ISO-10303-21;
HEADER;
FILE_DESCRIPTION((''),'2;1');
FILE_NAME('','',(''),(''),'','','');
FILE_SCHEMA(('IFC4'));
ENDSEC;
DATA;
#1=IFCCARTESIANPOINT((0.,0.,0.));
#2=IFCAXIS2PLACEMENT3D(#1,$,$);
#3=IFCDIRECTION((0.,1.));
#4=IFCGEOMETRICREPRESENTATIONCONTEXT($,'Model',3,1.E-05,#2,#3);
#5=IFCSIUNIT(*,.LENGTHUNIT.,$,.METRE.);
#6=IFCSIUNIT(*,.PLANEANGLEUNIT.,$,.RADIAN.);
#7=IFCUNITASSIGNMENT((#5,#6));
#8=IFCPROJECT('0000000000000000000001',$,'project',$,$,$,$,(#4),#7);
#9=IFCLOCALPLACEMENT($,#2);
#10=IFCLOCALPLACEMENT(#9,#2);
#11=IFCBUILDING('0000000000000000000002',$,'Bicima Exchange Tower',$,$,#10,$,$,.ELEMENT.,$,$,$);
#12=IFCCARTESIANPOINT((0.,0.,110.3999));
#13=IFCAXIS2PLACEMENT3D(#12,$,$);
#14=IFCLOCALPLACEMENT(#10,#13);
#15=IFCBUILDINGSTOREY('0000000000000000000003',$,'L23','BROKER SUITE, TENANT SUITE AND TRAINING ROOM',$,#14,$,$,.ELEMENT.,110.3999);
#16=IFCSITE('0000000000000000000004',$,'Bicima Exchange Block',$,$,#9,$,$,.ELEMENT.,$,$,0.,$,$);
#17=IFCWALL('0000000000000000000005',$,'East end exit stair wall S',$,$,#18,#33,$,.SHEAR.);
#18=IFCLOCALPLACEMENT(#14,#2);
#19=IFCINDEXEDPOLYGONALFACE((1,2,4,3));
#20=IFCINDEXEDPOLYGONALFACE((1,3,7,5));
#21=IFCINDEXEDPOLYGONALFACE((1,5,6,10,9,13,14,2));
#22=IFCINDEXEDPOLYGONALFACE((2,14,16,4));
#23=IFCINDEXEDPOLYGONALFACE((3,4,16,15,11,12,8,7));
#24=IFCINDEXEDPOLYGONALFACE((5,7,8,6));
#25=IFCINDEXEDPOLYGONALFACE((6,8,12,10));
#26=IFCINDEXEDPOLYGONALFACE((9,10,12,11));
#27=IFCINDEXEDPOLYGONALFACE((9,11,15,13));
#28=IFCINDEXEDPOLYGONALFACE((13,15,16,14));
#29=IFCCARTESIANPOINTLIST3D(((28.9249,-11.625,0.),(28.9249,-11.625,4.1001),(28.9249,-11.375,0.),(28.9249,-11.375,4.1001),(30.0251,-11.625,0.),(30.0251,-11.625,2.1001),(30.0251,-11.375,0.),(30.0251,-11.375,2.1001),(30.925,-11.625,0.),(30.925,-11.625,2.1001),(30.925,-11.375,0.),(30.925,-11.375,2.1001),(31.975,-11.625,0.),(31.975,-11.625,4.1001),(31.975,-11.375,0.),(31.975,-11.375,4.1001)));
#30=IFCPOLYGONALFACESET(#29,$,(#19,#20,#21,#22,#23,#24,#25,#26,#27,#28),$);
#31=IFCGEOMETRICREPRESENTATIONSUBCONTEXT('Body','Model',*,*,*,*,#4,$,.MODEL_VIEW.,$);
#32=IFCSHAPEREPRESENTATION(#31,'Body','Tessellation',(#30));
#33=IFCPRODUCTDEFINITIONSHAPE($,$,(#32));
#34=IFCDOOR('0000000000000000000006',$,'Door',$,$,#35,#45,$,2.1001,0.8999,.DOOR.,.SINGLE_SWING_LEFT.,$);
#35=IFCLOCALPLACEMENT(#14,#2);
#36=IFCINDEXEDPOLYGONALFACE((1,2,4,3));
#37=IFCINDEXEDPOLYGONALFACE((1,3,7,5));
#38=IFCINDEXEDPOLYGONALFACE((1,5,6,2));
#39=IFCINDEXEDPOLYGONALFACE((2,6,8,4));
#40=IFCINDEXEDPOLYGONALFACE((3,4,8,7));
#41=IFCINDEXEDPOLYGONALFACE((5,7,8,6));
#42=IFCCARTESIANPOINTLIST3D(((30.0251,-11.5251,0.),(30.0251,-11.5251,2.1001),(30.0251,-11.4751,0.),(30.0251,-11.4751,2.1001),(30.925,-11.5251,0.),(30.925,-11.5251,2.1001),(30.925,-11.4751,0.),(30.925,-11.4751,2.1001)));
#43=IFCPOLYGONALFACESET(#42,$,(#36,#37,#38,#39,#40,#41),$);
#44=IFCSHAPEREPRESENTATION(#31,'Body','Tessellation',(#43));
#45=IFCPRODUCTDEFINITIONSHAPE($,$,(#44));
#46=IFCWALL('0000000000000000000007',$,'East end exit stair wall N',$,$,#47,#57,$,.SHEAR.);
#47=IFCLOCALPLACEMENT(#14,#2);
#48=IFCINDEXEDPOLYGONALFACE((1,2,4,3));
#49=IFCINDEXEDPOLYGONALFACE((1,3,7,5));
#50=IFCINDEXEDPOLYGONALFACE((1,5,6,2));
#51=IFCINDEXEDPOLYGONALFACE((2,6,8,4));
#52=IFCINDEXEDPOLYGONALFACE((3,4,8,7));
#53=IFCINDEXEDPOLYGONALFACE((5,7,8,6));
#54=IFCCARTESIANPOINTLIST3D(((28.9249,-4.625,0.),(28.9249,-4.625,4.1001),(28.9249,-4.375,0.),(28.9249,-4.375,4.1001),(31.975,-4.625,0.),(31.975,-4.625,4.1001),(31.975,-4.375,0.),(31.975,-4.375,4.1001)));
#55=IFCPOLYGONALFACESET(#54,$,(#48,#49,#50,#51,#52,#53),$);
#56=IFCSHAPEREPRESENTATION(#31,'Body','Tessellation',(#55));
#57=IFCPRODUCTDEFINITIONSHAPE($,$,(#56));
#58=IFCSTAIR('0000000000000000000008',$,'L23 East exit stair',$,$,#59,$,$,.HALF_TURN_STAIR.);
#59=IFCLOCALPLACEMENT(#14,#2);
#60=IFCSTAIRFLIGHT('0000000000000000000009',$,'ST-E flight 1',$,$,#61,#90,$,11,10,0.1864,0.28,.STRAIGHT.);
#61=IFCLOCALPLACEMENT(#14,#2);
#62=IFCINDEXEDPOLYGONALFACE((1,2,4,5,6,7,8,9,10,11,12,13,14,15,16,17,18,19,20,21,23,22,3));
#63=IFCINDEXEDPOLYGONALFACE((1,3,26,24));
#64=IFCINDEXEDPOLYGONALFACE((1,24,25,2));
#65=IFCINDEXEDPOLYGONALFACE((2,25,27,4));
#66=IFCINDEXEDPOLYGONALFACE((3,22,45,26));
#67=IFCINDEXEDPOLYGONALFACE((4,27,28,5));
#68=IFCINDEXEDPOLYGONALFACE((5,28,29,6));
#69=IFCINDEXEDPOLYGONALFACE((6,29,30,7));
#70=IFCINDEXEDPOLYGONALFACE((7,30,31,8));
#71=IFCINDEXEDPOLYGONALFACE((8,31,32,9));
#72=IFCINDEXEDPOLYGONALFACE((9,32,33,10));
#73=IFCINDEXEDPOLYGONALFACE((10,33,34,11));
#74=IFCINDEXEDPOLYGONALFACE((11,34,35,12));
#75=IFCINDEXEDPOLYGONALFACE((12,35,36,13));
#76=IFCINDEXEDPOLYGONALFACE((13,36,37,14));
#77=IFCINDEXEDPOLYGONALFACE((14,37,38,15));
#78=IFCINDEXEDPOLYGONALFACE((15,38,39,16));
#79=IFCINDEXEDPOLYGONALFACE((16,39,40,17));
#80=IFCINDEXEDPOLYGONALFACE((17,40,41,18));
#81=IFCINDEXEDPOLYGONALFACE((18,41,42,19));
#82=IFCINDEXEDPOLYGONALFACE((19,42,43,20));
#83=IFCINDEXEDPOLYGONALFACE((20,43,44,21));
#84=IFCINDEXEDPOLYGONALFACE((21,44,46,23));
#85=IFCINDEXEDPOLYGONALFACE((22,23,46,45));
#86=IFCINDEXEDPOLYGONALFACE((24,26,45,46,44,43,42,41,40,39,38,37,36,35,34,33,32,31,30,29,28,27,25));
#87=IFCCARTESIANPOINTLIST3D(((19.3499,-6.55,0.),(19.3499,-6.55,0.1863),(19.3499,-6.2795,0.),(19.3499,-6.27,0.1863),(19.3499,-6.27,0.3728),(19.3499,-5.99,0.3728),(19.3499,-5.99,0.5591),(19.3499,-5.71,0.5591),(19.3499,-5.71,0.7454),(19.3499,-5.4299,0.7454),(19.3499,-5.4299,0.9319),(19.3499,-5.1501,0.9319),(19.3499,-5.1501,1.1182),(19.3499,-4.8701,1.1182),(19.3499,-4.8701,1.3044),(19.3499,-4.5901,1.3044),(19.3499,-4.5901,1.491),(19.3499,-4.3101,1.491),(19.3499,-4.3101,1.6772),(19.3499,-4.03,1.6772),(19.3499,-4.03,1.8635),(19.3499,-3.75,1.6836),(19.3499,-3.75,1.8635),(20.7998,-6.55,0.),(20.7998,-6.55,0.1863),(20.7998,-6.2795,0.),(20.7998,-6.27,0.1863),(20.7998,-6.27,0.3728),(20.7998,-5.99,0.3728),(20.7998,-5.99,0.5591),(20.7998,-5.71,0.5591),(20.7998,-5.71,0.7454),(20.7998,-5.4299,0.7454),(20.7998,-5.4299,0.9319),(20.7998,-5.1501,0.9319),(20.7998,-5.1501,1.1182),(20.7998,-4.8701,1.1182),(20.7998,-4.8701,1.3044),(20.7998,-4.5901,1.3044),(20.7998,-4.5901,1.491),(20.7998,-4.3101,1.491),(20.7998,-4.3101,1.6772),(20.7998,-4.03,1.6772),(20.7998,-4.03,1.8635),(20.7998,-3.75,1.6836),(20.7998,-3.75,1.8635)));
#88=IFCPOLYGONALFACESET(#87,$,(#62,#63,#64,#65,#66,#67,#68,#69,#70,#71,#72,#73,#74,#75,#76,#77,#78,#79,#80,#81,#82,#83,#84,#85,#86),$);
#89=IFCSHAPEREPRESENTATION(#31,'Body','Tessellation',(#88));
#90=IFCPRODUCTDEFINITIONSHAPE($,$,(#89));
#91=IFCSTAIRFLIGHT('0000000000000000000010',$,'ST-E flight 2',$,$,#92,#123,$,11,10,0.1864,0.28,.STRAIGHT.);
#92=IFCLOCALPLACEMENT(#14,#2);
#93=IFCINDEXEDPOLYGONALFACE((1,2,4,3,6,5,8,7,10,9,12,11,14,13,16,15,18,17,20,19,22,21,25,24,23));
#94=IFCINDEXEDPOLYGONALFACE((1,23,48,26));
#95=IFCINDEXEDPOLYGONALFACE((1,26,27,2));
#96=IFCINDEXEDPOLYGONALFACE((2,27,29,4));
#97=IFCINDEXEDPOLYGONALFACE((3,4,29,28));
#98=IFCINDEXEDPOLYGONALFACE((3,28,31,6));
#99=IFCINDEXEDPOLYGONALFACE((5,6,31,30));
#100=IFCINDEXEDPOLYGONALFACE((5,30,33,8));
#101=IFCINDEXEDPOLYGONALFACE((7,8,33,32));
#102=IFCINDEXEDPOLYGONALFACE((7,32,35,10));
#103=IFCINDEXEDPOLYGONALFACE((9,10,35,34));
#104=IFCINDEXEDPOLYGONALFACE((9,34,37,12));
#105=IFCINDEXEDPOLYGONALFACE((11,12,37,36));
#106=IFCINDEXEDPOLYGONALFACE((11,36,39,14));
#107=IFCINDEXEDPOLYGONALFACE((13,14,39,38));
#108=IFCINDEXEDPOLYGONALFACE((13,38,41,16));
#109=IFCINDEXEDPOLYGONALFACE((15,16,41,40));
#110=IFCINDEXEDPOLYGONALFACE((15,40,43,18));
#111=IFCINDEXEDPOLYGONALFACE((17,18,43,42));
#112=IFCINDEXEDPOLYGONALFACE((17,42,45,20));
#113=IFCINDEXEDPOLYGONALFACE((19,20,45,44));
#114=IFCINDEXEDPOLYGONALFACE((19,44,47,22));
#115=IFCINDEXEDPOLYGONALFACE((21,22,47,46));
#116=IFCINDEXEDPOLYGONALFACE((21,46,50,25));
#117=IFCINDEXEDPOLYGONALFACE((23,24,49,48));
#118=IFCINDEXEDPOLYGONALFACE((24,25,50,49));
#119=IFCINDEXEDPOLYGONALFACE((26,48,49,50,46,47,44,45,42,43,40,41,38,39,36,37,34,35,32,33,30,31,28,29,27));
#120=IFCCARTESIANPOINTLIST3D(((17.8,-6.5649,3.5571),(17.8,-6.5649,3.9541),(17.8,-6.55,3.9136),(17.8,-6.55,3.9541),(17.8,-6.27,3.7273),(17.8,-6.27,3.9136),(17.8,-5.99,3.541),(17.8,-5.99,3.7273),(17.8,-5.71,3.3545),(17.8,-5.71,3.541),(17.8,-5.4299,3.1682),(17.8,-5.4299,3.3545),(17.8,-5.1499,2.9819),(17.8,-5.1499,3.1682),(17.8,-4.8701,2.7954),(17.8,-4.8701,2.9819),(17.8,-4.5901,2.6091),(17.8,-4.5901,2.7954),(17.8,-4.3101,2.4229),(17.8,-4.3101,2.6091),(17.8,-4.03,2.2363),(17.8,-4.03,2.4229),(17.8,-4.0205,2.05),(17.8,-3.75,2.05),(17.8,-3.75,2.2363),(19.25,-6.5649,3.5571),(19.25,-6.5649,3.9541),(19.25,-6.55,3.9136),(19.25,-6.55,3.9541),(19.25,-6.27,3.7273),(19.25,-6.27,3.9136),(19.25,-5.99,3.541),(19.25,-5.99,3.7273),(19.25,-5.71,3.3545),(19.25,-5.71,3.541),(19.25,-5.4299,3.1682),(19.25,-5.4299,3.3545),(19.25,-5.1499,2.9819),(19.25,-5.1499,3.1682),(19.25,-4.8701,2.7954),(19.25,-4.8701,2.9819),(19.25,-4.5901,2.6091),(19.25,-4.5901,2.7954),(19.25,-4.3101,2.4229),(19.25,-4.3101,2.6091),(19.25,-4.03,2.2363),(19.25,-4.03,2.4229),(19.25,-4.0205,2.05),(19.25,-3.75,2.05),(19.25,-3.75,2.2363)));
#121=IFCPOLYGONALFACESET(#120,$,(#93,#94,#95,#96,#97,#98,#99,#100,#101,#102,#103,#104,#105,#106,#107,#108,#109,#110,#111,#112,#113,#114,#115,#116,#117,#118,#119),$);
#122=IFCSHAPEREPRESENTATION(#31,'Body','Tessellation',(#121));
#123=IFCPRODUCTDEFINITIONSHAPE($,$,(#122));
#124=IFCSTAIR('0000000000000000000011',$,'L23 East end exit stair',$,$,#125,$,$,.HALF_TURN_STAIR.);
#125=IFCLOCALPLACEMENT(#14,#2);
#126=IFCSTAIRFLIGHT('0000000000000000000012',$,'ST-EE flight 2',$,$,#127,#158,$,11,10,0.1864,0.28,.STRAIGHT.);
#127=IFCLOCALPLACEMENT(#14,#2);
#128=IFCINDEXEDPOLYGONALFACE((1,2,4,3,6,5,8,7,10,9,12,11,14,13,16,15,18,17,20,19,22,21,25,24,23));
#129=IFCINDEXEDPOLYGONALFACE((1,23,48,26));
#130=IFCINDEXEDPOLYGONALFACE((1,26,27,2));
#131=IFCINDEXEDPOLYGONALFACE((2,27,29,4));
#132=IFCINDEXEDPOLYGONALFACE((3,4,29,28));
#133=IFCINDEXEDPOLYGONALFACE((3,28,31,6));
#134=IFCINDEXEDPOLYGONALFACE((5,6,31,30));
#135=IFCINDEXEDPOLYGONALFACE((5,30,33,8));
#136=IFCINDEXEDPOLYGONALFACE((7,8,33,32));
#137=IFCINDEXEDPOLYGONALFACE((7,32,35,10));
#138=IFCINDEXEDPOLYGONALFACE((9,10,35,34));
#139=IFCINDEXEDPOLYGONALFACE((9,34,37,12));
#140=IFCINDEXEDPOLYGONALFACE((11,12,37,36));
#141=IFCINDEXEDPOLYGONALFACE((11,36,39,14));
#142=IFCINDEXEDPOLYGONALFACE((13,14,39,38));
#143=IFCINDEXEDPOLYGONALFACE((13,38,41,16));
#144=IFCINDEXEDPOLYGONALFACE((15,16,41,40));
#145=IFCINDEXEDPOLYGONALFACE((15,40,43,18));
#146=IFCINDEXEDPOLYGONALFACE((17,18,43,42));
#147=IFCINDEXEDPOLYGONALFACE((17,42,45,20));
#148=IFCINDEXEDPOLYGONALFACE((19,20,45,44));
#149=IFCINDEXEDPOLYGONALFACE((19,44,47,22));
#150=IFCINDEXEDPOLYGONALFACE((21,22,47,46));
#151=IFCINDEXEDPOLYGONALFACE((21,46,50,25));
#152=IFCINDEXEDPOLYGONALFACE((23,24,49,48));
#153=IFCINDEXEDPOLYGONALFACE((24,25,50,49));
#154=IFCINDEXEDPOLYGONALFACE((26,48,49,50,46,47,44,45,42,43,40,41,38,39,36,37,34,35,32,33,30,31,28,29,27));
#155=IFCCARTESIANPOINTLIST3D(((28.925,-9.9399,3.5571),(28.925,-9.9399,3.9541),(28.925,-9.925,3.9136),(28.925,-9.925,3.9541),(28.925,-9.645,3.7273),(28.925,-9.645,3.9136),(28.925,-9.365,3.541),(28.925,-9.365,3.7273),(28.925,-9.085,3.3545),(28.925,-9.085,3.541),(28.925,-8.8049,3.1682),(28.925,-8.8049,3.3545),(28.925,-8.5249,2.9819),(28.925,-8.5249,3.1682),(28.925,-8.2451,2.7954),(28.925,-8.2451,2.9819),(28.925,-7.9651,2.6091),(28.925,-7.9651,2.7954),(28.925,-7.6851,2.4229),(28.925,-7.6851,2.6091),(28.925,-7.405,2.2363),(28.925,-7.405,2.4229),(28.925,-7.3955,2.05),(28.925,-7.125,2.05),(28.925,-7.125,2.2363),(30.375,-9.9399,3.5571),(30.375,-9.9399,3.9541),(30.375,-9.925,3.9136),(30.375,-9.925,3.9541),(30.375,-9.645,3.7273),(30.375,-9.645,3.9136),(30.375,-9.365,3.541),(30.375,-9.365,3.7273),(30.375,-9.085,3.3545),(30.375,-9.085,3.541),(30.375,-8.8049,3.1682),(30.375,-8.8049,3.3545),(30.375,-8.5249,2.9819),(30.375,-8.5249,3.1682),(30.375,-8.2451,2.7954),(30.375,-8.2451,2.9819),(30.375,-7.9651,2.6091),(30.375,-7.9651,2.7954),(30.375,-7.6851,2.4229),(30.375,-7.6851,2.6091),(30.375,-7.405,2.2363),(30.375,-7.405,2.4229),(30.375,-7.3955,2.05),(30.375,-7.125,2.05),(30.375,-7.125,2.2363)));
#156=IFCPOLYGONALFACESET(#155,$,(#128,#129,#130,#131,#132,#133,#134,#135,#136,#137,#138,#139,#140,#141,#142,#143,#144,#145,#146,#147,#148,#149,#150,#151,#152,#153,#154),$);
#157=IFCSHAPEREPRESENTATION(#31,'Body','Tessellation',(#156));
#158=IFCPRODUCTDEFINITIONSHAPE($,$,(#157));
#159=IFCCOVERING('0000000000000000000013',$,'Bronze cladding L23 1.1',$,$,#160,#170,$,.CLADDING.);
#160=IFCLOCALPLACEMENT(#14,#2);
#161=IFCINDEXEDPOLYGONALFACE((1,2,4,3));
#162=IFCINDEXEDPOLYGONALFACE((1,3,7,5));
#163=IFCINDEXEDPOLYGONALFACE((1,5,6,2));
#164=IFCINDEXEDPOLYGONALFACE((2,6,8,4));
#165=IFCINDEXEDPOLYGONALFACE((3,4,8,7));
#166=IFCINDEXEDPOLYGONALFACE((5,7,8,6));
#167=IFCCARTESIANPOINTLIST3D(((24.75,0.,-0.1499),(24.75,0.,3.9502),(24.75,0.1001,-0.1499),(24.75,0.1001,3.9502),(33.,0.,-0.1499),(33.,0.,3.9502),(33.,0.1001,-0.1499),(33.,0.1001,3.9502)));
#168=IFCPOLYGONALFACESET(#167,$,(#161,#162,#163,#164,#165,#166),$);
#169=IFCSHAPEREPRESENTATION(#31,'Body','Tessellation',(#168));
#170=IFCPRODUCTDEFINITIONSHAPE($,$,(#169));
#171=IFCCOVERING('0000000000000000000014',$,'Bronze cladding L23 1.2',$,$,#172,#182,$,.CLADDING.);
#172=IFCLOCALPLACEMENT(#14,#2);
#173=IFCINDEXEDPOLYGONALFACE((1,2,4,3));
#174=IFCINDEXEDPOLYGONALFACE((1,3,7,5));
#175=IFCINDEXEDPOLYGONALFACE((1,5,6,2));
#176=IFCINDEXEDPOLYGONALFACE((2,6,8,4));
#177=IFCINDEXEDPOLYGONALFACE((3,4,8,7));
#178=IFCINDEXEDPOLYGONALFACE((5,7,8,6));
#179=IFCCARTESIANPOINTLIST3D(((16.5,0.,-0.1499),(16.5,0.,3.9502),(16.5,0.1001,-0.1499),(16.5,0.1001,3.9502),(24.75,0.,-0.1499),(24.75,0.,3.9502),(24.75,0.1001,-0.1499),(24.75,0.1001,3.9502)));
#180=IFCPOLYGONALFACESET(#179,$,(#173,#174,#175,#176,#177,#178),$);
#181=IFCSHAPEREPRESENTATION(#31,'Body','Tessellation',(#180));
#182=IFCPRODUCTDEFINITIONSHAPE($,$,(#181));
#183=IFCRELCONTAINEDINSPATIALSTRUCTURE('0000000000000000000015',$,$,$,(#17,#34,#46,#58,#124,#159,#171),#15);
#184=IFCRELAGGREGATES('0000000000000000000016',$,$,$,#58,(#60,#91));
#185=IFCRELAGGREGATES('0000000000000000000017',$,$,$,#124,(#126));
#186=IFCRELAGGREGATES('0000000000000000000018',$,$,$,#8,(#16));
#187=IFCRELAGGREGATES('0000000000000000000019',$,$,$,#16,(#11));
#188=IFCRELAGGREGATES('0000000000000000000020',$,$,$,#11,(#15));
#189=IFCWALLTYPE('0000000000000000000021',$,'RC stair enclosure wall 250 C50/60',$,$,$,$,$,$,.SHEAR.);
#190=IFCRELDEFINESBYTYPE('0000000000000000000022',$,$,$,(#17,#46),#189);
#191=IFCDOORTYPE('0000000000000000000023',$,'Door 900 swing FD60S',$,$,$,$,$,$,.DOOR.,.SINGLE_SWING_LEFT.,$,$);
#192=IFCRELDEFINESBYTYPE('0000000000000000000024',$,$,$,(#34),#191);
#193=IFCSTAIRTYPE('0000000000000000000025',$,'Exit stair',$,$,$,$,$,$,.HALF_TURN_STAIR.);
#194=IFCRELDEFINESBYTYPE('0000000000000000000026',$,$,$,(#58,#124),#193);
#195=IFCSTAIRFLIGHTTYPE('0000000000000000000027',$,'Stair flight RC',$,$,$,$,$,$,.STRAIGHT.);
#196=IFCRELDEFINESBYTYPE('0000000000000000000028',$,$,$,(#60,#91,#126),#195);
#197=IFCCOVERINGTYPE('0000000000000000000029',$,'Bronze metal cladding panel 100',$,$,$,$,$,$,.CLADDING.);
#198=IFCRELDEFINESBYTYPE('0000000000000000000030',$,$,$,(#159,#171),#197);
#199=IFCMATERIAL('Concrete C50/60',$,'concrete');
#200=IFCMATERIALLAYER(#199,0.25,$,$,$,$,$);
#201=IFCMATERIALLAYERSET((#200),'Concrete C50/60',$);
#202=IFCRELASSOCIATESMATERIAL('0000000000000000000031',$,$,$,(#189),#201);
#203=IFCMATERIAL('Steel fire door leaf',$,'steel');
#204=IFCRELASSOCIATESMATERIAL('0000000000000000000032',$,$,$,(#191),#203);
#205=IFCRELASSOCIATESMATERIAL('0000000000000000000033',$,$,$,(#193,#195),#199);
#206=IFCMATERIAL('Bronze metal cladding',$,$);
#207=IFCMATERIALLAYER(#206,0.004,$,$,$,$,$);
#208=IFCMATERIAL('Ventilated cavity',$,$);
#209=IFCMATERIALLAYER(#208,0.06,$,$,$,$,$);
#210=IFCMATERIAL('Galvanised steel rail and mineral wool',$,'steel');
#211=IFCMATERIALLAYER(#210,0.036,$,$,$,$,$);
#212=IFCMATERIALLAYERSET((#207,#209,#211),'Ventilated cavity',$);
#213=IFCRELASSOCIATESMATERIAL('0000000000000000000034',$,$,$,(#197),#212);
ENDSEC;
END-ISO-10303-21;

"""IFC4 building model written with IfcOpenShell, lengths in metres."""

from ifc_helpers import new_model, si_unit, direction, frame, frame_2d, origin, origin_2d, place, context, subcontext, project, spatial, polyline, rectangle, outline, extrude, material, layer, layer_set, type_object, element, fill, aggregate, save


model = new_model("IFC4")

# Units and contexts
model_context = context("Model", 3, precision=1e-05, world=origin(), true_north=direction((0.0, 1.0)))
body_context = subcontext(model_context, "Body", "Model", "MODEL_VIEW")
ifc_project = project(units=[si_unit("LENGTHUNIT", "METRE"), si_unit("PLANEANGLEUNIT", "RADIAN")], contexts=[model_context])

# Site, building, storey
site_placement = place(None, origin())
site = spatial("IfcSite", under=ifc_project, at=site_placement, Name="Bicima Exchange Block", CompositionType="ELEMENT", RefElevation=0.0)
building_placement = place(site_placement, origin())
building = spatial("IfcBuilding", under=site, at=building_placement, Name="Bicima Exchange Tower", CompositionType="ELEMENT")
storey_placement = place(building_placement, frame((0.0, 0.0, 110.3999)))
storey = spatial("IfcBuildingStorey", under=building, at=storey_placement, Name="L23", Description="BROKER SUITE, TENANT SUITE AND TRAINING ROOM", CompositionType="ELEMENT", Elevation=110.3999)

# Shared definitions
ifc_material_1 = material(Name="Steel fire door leaf", Category="steel")

# Shared definitions
ifc_material_2 = material(Name="Concrete C50/60", Category="concrete")
ifc_layer_1 = layer(ifc_material_2, 0.25)
ifc_layer_set_1 = layer_set([ifc_layer_1], Name="Concrete C50/60")
wall_type_1 = type_object("IfcWallType", Name="RC stair enclosure wall 250 C50/60", PredefinedType="SHEAR", material=ifc_layer_set_1)

# Wall, opening, door
wall_1_placement = place(storey_placement, frame((28.925, -11.5, 0.0), z_axis=(0.0, 0.0, 1.0), x_axis=(1.0, 0.0, 0.0)))
wall_1 = element("IfcWall", 1, at=wall_1_placement, inside=storey, type_object=wall_type_1, Name="East end exit stair wall S", PredefinedType="SHEAR", context=body_context, shape_type="SweptSolid", body=[
    extrude(rectangle(XDim=3.05, YDim=0.25, at=frame_2d((1.5249, 0.0))), origin(), (0.0, 0.0, 1.0), 4.1001),
])
opening_1_placement = place(wall_1_placement, frame((1.1001, 0.0, 0.0)))
opening_1 = element("IfcOpeningElement", 2, at=opening_1_placement, cuts=wall_1, PredefinedType="OPENING", context=body_context, shape_type="SweptSolid", body=[
    extrude(rectangle(XDim=0.8999, YDim=2.1001, at=frame_2d((0.45, 1.05))), frame((0.0, 0.137, 0.0), z_axis=(0.0, -1.0, 0.0), x_axis=(1.0, 0.0, 0.0)), (0.0, 0.0, 1.0), 0.2739),
])
door_type_1 = type_object("IfcDoorType", Name="Door 900 swing FD60S", OperationType="SINGLE_SWING_LEFT", PredefinedType="DOOR", material=ifc_material_1)
door_1_placement = place(opening_1_placement, origin())
door_1 = element("IfcDoor", 3, at=door_1_placement, inside=storey, type_object=door_type_1, Name="Door", OperationType="SINGLE_SWING_LEFT", OverallHeight=2.1001, OverallWidth=0.8999, PredefinedType="DOOR", context=body_context, shape_type="SweptSolid", body=[
    extrude(rectangle(XDim=0.8999, YDim=2.1001, at=frame_2d((0.45, 1.05))), frame((0.0, 0.0249, 0.0), z_axis=(0.0, -1.0, 0.0), x_axis=(1.0, 0.0, 0.0)), (0.0, 0.0, 1.0), 0.05),
])
fill(opening_1, door_1)

# Wall
wall_2_placement = place(storey_placement, frame((28.925, -4.5, 0.0), z_axis=(0.0, 0.0, 1.0), x_axis=(1.0, 0.0, 0.0)))
element("IfcWall", 4, at=wall_2_placement, inside=storey, type_object=wall_type_1, Name="East end exit stair wall N", PredefinedType="SHEAR", context=body_context, shape_type="SweptSolid", body=[
    extrude(rectangle(XDim=3.05, YDim=0.25, at=frame_2d((1.5249, 0.0))), origin(), (0.0, 0.0, 1.0), 4.1001),
])

# Stair, stair flights
stair_type = type_object("IfcStairType", Name="Exit stair", PredefinedType="HALF_TURN_STAIR", material=ifc_material_2)
stair_1_placement = place(storey_placement, origin())
stair_1 = element("IfcStair", 5, at=stair_1_placement, inside=storey, type_object=stair_type, Name="L23 East exit stair", PredefinedType="HALF_TURN_STAIR")
stair_flight_type = type_object("IfcStairFlightType", Name="Stair flight RC", PredefinedType="STRAIGHT", material=ifc_material_2)
stair_flight_1_placement = place(storey_placement, frame((20.075, -6.55, 0.0), z_axis=(0.0, 0.0, 1.0), x_axis=(0.0, 1.0, 0.0)))
stair_flight_1 = element("IfcStairFlight", 6, at=stair_flight_1_placement, type_object=stair_flight_type, Name="ST-E flight 1", NumberOfRisers=11, NumberOfTreads=10, PredefinedType="STRAIGHT", RiserHeight=0.1864, TreadLength=0.28, context=body_context, shape_type="SweptSolid", body=[
    extrude(outline(polyline([(0.0, 0.0), (0.0, 0.1863), (0.28, 0.1863), (0.28, 0.3728), (0.5601, 0.3728), (0.5601, 0.5591), (0.8401, 0.5591), (0.8401, 0.7454), (1.1201, 0.7454), (1.1201, 0.9319), (1.3999, 0.9319), (1.3999, 1.1182), (1.6799, 1.1182), (1.6799, 1.3044), (1.96, 1.3044), (1.96, 1.491), (2.24, 1.491), (2.24, 1.6772), (2.52, 1.6772), (2.52, 1.8635), (2.8, 1.8635), (2.8, 2.05), (2.8, 1.6836), (0.2705, 0.0), (0.0, 0.0)])), frame((0.0, 0.7251, 0.0), z_axis=(0.0, -1.0, 0.0), x_axis=(1.0, 0.0, 0.0)), (0.0, 0.0, 1.0), 1.45),
])
stair_flight_2_placement = place(storey_placement, frame((18.5249, -3.75, 2.05), z_axis=(0.0, 0.0, 1.0), x_axis=(0.0, -1.0, 0.0)))
stair_flight_2 = element("IfcStairFlight", 7, at=stair_flight_2_placement, type_object=stair_flight_type, Name="ST-E flight 2", NumberOfRisers=11, NumberOfTreads=10, PredefinedType="STRAIGHT", RiserHeight=0.1864, TreadLength=0.28, context=body_context, shape_type="SweptSolid", body=[
    extrude(outline(polyline([(0.0, 0.0), (0.0, 0.1863), (0.28, 0.1863), (0.28, 0.3728), (0.5601, 0.3728), (0.5601, 0.5591), (0.8401, 0.5591), (0.8401, 0.7454), (1.1201, 0.7454), (1.1201, 0.9319), (1.3999, 0.9319), (1.3999, 1.1182), (1.6799, 1.1182), (1.6799, 1.3044), (1.96, 1.3044), (1.96, 1.491), (2.24, 1.491), (2.24, 1.6772), (2.52, 1.6772), (2.52, 1.8635), (2.8, 1.8635), (2.8, 1.9041), (2.8149, 1.9041), (2.8149, 1.5071), (0.2705, 0.0), (0.0, 0.0)])), frame((0.0, 0.7251, 0.0), z_axis=(0.0, -1.0, 0.0), x_axis=(1.0, 0.0, 0.0)), (0.0, 0.0, 1.0), 1.45),
])
aggregate(stair_1, [stair_flight_1, stair_flight_2])

# Stair, stair flight
stair_2_placement = place(storey_placement, origin())
stair_2 = element("IfcStair", 8, at=stair_2_placement, inside=storey, type_object=stair_type, Name="L23 East end exit stair", PredefinedType="HALF_TURN_STAIR")
stair_flight_3_placement = place(storey_placement, frame((29.6499, -7.125, 2.05), z_axis=(0.0, 0.0, 1.0), x_axis=(0.0, -1.0, 0.0)))
stair_flight_3 = element("IfcStairFlight", 9, at=stair_flight_3_placement, type_object=stair_flight_type, Name="ST-EE flight 2", NumberOfRisers=11, NumberOfTreads=10, PredefinedType="STRAIGHT", RiserHeight=0.1864, TreadLength=0.28, context=body_context, shape_type="SweptSolid", body=[
    extrude(outline(polyline([(0.0, 0.0), (0.0, 0.1863), (0.28, 0.1863), (0.28, 0.3728), (0.5601, 0.3728), (0.5601, 0.5591), (0.8401, 0.5591), (0.8401, 0.7454), (1.1201, 0.7454), (1.1201, 0.9319), (1.3999, 0.9319), (1.3999, 1.1182), (1.6799, 1.1182), (1.6799, 1.3044), (1.96, 1.3044), (1.96, 1.491), (2.24, 1.491), (2.24, 1.6772), (2.52, 1.6772), (2.52, 1.8635), (2.8, 1.8635), (2.8, 1.9041), (2.8149, 1.9041), (2.8149, 1.5071), (0.2705, 0.0), (0.0, 0.0)])), frame((0.0, 0.7251, 0.0), z_axis=(0.0, -1.0, 0.0), x_axis=(1.0, 0.0, 0.0)), (0.0, 0.0, 1.0), 1.45),
])
aggregate(stair_2, [stair_flight_3])

# Coverings
ifc_material_3 = material(Name="Bronze metal cladding")
ifc_layer_2 = layer(ifc_material_3, 0.004)
ifc_material_4 = material(Name="Ventilated cavity")
ifc_layer_3 = layer(ifc_material_4, 0.06)
ifc_material_5 = material(Name="Galvanised steel rail and mineral wool", Category="steel")
ifc_layer_4 = layer(ifc_material_5, 0.036)
ifc_layer_set_2 = layer_set([ifc_layer_2, ifc_layer_3, ifc_layer_4], Name="Ventilated cavity")
covering_type = type_object("IfcCoveringType", Name="Bronze metal cladding panel 100", PredefinedType="CLADDING", material=ifc_layer_set_2)
for number, where, z_axis, x_axis, name in (
    (10, (28.875, 0.05, -0.1499), (0.0, 0.0, 1.0), (-1.0, 0.0, 0.0), "Bronze cladding L23 1.1"),
    (11, (20.625, 0.05, -0.1499), (0.0, 0.0, 1.0), (-1.0, 0.0, 0.0), "Bronze cladding L23 1.2"),
):
    element("IfcCovering", number, at=place(storey_placement, frame(where, z_axis=z_axis, x_axis=x_axis)), inside=storey, type_object=covering_type, Name=name, PredefinedType="CLADDING", context=body_context, shape_type="SweptSolid", body=[
        extrude(rectangle(XDim=8.25, YDim=0.1001, at=origin_2d()), origin(), (0.0, 0.0, 1.0), 4.1001),
    ])

save(model, "model.ifc")
